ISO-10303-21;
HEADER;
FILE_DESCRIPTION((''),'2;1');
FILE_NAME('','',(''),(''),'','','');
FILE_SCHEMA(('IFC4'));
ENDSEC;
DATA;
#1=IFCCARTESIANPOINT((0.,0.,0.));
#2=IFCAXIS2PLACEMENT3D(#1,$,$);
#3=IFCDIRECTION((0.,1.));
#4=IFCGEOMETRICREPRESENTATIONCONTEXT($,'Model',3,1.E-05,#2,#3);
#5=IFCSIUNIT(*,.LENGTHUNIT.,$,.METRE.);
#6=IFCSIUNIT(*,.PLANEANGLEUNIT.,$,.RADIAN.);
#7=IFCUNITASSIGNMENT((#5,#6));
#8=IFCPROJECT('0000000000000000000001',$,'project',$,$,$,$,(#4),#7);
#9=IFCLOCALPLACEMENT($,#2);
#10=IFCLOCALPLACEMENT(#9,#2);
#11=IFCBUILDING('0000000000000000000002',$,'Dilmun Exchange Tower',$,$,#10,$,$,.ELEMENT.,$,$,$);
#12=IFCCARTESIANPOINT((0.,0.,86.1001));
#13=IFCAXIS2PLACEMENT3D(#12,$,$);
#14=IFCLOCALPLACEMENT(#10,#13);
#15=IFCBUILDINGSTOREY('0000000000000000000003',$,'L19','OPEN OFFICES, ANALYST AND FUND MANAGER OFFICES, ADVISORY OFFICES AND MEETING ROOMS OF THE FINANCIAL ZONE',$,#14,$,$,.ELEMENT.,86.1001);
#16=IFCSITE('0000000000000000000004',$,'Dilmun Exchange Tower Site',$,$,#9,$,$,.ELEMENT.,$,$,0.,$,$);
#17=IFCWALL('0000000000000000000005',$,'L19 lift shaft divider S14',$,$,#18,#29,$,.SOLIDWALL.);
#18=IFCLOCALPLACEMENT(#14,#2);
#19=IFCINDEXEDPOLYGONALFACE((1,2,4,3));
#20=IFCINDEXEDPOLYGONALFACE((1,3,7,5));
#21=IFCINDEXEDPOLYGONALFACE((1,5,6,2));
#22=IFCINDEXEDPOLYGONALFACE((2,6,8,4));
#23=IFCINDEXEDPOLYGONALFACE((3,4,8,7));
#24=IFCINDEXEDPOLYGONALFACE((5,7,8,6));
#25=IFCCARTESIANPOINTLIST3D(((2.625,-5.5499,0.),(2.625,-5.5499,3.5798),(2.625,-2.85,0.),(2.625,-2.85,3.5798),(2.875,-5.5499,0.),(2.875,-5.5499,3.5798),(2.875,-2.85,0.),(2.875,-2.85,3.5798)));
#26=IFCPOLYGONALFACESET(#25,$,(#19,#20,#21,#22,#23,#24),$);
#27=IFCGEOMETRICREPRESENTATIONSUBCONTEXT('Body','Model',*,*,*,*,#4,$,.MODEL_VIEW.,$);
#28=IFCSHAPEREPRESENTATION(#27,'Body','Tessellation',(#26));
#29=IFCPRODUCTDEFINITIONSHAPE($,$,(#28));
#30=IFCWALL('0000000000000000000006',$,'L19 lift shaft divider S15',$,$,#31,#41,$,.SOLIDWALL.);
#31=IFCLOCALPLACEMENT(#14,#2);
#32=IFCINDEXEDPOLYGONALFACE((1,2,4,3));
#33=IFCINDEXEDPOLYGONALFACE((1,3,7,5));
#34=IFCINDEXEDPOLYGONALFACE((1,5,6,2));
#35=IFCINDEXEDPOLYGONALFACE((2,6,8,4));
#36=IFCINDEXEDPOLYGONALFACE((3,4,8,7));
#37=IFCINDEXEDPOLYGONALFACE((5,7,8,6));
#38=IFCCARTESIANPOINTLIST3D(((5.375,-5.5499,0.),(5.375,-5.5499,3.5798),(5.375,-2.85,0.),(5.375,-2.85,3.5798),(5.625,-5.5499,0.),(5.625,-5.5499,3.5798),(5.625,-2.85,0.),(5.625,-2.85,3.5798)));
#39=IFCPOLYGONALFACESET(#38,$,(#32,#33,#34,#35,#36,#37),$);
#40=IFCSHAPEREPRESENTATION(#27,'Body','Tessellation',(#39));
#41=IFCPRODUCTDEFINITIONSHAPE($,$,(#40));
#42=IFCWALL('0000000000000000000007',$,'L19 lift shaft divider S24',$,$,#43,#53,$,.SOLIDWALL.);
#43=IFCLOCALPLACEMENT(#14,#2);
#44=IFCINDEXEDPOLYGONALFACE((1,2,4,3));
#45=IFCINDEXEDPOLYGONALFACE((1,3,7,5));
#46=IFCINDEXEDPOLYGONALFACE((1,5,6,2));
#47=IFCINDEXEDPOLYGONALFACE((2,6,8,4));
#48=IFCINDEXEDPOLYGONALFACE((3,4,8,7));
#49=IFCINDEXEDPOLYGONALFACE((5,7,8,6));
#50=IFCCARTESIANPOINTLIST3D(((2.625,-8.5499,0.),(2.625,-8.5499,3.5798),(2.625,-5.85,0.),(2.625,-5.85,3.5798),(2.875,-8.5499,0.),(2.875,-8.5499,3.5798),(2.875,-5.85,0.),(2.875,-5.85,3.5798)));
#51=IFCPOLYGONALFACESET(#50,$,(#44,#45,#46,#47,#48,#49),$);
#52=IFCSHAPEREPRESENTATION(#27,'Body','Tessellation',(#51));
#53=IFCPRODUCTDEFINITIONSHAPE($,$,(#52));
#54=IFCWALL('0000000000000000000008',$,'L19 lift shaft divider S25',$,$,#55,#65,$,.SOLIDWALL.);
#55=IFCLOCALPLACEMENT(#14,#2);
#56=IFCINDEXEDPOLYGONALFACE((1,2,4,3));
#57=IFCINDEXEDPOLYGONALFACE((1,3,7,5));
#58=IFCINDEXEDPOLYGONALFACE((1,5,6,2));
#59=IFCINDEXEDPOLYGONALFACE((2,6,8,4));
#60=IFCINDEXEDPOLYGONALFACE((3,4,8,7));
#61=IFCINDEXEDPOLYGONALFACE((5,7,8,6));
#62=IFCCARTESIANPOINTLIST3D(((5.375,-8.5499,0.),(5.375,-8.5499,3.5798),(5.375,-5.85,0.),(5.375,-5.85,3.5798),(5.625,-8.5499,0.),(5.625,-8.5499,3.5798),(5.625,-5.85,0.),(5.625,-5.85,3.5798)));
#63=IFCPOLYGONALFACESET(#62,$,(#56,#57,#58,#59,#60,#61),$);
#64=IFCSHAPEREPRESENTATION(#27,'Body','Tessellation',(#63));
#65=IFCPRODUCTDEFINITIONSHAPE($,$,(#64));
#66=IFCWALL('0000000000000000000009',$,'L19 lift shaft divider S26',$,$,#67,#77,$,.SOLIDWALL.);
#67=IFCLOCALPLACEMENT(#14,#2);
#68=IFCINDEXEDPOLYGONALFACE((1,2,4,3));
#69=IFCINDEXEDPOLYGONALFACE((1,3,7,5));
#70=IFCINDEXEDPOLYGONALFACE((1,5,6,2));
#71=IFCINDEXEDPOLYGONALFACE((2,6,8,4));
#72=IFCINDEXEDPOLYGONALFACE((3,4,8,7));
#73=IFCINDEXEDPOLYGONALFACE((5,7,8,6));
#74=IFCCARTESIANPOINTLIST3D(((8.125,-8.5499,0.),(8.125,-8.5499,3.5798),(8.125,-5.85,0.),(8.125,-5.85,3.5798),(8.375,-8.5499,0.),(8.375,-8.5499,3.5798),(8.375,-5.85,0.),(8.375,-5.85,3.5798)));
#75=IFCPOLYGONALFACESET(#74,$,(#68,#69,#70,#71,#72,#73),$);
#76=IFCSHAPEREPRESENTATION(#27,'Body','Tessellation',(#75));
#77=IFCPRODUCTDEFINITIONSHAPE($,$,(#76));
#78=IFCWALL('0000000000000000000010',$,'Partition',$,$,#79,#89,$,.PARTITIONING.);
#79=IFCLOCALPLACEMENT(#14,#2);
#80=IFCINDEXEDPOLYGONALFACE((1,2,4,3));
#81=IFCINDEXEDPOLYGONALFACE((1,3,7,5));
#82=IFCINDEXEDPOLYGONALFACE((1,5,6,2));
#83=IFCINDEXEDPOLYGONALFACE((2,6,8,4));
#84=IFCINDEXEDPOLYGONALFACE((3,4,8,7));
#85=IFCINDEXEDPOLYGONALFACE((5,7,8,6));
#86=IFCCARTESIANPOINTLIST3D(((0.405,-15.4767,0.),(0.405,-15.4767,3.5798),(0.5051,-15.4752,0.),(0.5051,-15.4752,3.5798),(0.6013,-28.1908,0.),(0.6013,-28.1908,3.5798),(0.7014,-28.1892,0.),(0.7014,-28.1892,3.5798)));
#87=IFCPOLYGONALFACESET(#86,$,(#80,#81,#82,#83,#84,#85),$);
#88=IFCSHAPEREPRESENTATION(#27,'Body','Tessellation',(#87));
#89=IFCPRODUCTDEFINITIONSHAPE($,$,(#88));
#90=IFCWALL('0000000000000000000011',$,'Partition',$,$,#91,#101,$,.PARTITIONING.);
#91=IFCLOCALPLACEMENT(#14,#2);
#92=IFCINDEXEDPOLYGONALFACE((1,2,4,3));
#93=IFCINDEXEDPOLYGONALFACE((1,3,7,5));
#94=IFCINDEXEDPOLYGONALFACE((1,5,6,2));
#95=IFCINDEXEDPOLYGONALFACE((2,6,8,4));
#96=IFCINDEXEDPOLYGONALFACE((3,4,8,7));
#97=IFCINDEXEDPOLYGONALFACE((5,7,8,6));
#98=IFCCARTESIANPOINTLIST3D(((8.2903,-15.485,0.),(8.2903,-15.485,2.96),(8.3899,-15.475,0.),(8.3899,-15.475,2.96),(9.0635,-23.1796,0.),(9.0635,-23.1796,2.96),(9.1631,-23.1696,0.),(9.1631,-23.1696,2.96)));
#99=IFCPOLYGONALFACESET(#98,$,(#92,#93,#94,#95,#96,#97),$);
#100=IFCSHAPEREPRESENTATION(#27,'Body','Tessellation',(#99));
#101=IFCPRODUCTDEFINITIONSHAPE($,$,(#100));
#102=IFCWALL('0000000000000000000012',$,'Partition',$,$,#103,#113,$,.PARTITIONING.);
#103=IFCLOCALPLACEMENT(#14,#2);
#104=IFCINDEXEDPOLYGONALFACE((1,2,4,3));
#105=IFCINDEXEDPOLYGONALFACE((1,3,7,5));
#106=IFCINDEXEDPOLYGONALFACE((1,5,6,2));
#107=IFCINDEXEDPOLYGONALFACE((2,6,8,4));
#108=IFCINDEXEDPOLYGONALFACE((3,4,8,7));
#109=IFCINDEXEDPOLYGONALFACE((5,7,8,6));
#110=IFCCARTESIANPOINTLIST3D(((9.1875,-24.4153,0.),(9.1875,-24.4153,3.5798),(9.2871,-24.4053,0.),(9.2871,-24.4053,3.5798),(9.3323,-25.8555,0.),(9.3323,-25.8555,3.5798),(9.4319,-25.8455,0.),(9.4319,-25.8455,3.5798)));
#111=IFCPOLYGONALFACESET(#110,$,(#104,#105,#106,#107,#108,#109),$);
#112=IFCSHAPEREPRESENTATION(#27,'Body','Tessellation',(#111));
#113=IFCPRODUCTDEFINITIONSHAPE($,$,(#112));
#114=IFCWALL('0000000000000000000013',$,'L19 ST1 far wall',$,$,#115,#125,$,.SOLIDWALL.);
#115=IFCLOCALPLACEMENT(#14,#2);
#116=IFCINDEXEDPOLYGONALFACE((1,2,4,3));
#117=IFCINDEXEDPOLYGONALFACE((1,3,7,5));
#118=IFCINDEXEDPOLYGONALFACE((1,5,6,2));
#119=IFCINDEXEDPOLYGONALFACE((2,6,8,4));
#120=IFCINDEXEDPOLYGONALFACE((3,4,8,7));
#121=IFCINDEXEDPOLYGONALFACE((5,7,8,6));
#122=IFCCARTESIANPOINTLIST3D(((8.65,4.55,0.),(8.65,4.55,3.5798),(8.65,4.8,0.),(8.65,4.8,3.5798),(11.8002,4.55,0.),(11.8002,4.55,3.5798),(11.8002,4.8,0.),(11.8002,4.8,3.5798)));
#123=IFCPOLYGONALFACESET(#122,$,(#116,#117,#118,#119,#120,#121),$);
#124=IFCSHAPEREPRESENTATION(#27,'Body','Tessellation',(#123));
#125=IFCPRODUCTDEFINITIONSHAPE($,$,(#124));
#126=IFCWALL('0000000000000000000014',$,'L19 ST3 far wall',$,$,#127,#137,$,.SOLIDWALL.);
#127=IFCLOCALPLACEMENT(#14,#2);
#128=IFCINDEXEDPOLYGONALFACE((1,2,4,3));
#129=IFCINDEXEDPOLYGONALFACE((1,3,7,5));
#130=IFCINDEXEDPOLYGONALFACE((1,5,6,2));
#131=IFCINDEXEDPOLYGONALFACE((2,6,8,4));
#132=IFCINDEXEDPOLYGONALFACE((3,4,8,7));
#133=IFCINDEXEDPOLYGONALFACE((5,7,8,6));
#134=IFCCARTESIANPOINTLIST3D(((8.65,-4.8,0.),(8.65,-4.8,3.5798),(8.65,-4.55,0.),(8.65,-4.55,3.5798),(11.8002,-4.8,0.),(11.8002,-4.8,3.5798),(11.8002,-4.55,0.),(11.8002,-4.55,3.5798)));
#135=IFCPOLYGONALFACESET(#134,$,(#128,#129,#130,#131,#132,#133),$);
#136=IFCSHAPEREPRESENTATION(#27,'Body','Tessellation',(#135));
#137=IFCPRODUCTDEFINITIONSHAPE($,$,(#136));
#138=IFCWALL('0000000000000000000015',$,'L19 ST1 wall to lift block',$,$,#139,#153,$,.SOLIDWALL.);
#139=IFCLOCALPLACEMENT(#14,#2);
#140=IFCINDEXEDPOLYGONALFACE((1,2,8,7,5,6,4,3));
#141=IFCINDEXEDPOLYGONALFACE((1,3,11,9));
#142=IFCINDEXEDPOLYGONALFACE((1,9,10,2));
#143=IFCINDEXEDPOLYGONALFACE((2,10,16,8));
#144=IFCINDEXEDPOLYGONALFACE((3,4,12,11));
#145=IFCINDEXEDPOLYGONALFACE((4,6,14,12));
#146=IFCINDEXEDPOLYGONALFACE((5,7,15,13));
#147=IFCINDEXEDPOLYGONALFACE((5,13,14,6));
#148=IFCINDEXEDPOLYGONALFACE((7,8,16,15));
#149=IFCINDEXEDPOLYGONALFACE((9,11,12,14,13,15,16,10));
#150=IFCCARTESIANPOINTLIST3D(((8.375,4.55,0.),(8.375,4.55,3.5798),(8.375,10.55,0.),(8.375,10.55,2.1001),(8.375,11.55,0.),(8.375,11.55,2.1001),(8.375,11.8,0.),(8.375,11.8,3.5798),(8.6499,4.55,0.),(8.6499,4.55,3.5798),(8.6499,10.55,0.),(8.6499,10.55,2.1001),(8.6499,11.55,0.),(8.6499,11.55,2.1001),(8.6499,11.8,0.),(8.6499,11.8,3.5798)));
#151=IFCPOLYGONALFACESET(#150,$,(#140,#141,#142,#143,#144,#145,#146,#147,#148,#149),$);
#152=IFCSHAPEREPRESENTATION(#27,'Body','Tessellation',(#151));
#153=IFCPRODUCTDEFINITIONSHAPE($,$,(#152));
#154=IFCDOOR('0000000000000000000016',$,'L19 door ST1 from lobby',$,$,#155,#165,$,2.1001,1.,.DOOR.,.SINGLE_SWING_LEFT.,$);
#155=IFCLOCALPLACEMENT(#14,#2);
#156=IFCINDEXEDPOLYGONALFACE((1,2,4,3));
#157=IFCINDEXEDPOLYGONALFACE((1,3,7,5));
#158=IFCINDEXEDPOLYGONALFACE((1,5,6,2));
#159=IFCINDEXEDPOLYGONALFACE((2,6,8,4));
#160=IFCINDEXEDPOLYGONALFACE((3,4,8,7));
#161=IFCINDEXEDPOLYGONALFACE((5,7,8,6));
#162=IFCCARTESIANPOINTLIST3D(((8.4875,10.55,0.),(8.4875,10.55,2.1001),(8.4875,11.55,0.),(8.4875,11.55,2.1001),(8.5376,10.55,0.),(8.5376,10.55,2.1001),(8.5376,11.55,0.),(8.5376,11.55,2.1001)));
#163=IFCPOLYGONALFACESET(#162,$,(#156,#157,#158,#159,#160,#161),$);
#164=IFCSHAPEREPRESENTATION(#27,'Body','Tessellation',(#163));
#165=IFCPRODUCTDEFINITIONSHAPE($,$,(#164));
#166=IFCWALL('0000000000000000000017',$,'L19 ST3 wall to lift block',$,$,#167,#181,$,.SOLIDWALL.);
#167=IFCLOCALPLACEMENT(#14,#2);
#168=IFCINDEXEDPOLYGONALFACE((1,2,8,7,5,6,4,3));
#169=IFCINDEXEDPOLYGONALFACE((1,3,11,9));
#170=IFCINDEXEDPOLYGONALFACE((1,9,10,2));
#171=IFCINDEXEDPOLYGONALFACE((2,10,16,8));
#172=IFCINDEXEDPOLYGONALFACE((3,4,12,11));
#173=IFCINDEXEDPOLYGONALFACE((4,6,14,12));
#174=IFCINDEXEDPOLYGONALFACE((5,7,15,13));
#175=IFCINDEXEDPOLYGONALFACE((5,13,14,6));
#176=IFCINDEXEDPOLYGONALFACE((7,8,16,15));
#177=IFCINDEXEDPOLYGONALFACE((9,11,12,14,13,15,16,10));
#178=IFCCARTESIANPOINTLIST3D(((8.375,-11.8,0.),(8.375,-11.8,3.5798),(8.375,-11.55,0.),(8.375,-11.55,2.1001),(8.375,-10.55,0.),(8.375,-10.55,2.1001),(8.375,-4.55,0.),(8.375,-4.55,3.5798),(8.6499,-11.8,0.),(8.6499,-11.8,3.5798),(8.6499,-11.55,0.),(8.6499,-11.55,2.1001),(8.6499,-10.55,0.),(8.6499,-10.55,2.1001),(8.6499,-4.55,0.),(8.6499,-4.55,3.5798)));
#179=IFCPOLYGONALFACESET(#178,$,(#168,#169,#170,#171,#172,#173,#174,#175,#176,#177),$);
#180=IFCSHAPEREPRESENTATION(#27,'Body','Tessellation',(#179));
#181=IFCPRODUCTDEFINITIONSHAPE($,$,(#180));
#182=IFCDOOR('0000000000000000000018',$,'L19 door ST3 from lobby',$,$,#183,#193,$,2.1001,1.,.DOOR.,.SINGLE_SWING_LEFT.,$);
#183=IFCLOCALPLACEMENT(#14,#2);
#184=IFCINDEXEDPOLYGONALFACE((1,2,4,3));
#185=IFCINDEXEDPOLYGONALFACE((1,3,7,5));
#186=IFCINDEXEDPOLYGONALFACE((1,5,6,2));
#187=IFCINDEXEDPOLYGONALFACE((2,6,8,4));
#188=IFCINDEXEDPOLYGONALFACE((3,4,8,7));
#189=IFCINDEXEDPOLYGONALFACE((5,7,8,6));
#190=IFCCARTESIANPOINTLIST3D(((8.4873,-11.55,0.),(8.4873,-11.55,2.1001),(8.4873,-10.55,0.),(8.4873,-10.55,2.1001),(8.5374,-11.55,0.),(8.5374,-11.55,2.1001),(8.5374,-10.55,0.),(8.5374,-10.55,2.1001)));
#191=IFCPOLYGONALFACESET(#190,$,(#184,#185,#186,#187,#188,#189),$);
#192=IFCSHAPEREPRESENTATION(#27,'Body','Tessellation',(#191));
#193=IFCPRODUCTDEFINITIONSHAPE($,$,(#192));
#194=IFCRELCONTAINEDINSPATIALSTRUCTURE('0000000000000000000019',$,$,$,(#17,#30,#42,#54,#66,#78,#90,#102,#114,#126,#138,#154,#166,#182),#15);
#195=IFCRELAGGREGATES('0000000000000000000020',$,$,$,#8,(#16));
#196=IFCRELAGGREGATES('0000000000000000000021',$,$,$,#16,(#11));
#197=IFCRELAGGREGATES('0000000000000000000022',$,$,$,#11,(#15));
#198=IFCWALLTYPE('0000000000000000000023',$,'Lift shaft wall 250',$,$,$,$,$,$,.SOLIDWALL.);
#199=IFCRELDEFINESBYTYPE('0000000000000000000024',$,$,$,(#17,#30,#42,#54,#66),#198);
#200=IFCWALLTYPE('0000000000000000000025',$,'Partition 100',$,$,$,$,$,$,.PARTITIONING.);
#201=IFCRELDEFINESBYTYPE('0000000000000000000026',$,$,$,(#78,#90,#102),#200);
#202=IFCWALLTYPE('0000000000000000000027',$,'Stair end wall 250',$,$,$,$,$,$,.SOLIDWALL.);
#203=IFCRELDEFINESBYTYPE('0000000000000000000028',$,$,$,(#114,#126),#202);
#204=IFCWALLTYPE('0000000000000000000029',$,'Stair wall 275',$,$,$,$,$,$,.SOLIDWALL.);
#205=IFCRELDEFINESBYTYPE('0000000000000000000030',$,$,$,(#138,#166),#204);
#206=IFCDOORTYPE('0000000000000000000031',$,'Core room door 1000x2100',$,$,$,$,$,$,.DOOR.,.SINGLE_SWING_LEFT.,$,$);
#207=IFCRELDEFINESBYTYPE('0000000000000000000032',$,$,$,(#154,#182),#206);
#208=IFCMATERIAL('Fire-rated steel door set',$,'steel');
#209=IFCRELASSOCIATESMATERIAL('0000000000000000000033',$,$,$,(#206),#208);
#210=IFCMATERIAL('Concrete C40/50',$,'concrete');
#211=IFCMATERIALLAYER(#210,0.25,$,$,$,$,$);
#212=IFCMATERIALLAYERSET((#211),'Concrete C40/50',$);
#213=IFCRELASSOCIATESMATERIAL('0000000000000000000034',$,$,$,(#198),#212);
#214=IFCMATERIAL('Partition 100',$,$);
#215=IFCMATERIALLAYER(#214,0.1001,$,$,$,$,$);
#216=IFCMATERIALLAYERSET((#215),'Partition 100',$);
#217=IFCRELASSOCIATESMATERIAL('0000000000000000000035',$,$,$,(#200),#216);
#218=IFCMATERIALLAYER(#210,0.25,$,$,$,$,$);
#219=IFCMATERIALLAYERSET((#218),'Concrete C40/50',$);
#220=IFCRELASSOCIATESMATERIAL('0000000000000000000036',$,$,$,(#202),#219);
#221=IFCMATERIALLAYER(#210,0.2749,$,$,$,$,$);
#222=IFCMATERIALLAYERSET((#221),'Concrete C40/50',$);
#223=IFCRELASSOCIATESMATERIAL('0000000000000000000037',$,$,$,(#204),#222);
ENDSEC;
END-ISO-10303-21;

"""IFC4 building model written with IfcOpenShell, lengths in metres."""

from ifc_helpers import new_model, si_unit, direction, frame, frame_2d, origin, place, context, subcontext, project, spatial, rectangle, extrude, material, layer, layer_set, type_object, element, fill, save


model = new_model("IFC4")

# Units and contexts
model_context = context("Model", 3, precision=1e-05, world=origin(), true_north=direction((0.0, 1.0)))
body_context = subcontext(model_context, "Body", "Model", "MODEL_VIEW")
ifc_project = project(units=[si_unit("LENGTHUNIT", "METRE"), si_unit("PLANEANGLEUNIT", "RADIAN")], contexts=[model_context])

# Site, building, storey
site_placement = place(None, origin())
site = spatial("IfcSite", under=ifc_project, at=site_placement, Name="Dilmun Exchange Tower Site", CompositionType="ELEMENT", RefElevation=0.0)
building_placement = place(site_placement, origin())
building = spatial("IfcBuilding", under=site, at=building_placement, Name="Dilmun Exchange Tower", CompositionType="ELEMENT")
storey_placement = place(building_placement, frame((0.0, 0.0, 86.1001)))
storey = spatial("IfcBuildingStorey", under=building, at=storey_placement, Name="L19", Description="OPEN OFFICES, ANALYST AND FUND MANAGER OFFICES, ADVISORY OFFICES AND MEETING ROOMS OF THE FINANCIAL ZONE", CompositionType="ELEMENT", Elevation=86.1001)

# Shared definitions
ifc_material_1 = material(Name="Concrete C40/50", Category="concrete")

# Shared definitions
ifc_material_2 = material(Name="Fire-rated steel door set", Category="steel")
door_type_1 = type_object("IfcDoorType", Name="Core room door 1000x2100", OperationType="SINGLE_SWING_LEFT", PredefinedType="DOOR", material=ifc_material_2)

# Walls
ifc_layer_1 = layer(ifc_material_1, 0.25)
ifc_layer_set_1 = layer_set([ifc_layer_1], Name="Concrete C40/50")
wall_type_1 = type_object("IfcWallType", Name="Lift shaft wall 250", PredefinedType="SOLIDWALL", material=ifc_layer_set_1)
for number, where, z_axis, x_axis, name in (
    (1, (2.75, -5.55, 0.0), (0.0, 0.0, 1.0), (0.0, 1.0, 0.0), "L19 lift shaft divider S14"),
    (2, (5.5, -5.55, 0.0), (0.0, 0.0, 1.0), (0.0, 1.0, 0.0), "L19 lift shaft divider S15"),
    (3, (2.75, -8.55, 0.0), (0.0, 0.0, 1.0), (0.0, 1.0, 0.0), "L19 lift shaft divider S24"),
    (4, (5.5, -8.55, 0.0), (0.0, 0.0, 1.0), (0.0, 1.0, 0.0), "L19 lift shaft divider S25"),
    (5, (8.25, -8.55, 0.0), (0.0, 0.0, 1.0), (0.0, 1.0, 0.0), "L19 lift shaft divider S26"),
):
    element("IfcWall", number, at=place(storey_placement, frame(where, z_axis=z_axis, x_axis=x_axis)), inside=storey, type_object=wall_type_1, Name=name, PredefinedType="SOLIDWALL", context=body_context, shape_type="SweptSolid", body=[
        extrude(rectangle(XDim=2.7, YDim=0.25, at=frame_2d((1.3501, 0.0))), origin(), (0.0, 0.0, 1.0), 3.5798),
    ])
ifc_material_3 = material(Name="Partition 100")
ifc_layer_2 = layer(ifc_material_3, 0.1001)
ifc_layer_set_2 = layer_set([ifc_layer_2], Name="Partition 100")
wall_type_2 = type_object("IfcWallType", Name="Partition 100", PredefinedType="PARTITIONING", material=ifc_layer_set_2)
wall_1_placement = place(storey_placement, frame((0.4551, -15.4758, 0.0), z_axis=(0.0, 0.0, 1.0), x_axis=(0.015437, -0.999881, 0.0)))
element("IfcWall", 6, at=wall_1_placement, inside=storey, type_object=wall_type_2, Name="Partition", PredefinedType="PARTITIONING", context=body_context, shape_type="SweptSolid", body=[
    extrude(rectangle(XDim=12.7156, YDim=0.1001, at=frame_2d((6.3579, 0.0))), origin(), (0.0, 0.0, 1.0), 3.5798),
])
wall_2_placement = place(storey_placement, frame((8.3401, -15.48, 0.0), z_axis=(0.0, 0.0, 1.0), x_axis=(0.099982, -0.994989, 0.0)))
element("IfcWall", 7, at=wall_2_placement, inside=storey, type_object=wall_type_2, Name="Partition", PredefinedType="PARTITIONING", context=body_context, shape_type="SweptSolid", body=[
    extrude(rectangle(XDim=7.7334, YDim=0.1001, at=frame_2d((3.8667, 0.0))), origin(), (0.0, 0.0, 1.0), 2.96),
])
wall_3_placement = place(storey_placement, frame((9.2373, -24.4104, 0.0), z_axis=(0.0, 0.0, 1.0), x_axis=(0.100021, -0.994985, 0.0)))
element("IfcWall", 8, at=wall_3_placement, inside=storey, type_object=wall_type_2, Name="Partition", PredefinedType="PARTITIONING", context=body_context, shape_type="SweptSolid", body=[
    extrude(rectangle(XDim=1.4475, YDim=0.1001, at=frame_2d((0.7236, 0.0))), origin(), (0.0, 0.0, 1.0), 3.5798),
])
ifc_layer_3 = layer(ifc_material_1, 0.25)
ifc_layer_set_3 = layer_set([ifc_layer_3], Name="Concrete C40/50")
wall_type_3 = type_object("IfcWallType", Name="Stair end wall 250", PredefinedType="SOLIDWALL", material=ifc_layer_set_3)
for number, where, z_axis, x_axis, name in (
    (9, (8.6499, 4.675, 0.0), (0.0, 0.0, 1.0), (1.0, 0.0, 0.0), "L19 ST1 far wall"),
    (10, (8.6499, -4.675, 0.0), (0.0, 0.0, 1.0), (1.0, 0.0, 0.0), "L19 ST3 far wall"),
):
    element("IfcWall", number, at=place(storey_placement, frame(where, z_axis=z_axis, x_axis=x_axis)), inside=storey, type_object=wall_type_3, Name=name, PredefinedType="SOLIDWALL", context=body_context, shape_type="SweptSolid", body=[
        extrude(rectangle(XDim=3.1501, YDim=0.25, at=frame_2d((1.5752, 0.0))), origin(), (0.0, 0.0, 1.0), 3.5798),
    ])

# Walls, openings, doors
ifc_layer_4 = layer(ifc_material_1, 0.2749)
ifc_layer_set_4 = layer_set([ifc_layer_4], Name="Concrete C40/50")
wall_type_4 = type_object("IfcWallType", Name="Stair wall 275", PredefinedType="SOLIDWALL", material=ifc_layer_set_4)
wall_4_placement = place(storey_placement, frame((8.5125, 4.55, 0.0), z_axis=(0.0, 0.0, 1.0), x_axis=(0.0, 1.0, 0.0)))
wall_4 = element("IfcWall", 11, at=wall_4_placement, inside=storey, type_object=wall_type_4, Name="L19 ST1 wall to lift block", PredefinedType="SOLIDWALL", context=body_context, shape_type="SweptSolid", body=[
    extrude(rectangle(XDim=7.25, YDim=0.2749, at=frame_2d((3.625, 0.0))), origin(), (0.0, 0.0, 1.0), 3.5798),
])
opening_1_placement = place(wall_4_placement, frame((6.0, 0.0, 0.0)))
opening_1 = element("IfcOpeningElement", 12, at=opening_1_placement, cuts=wall_4, PredefinedType="OPENING", context=body_context, shape_type="SweptSolid", body=[
    extrude(rectangle(XDim=1.0, YDim=2.1001, at=frame_2d((0.5, 1.05))), frame((0.0, 0.1475, 0.0), z_axis=(0.0, -1.0, 0.0), x_axis=(1.0, 0.0, 0.0)), (0.0, 0.0, 1.0), 0.2949),
])
door_1_placement = place(opening_1_placement, origin())
door_1 = element("IfcDoor", 13, at=door_1_placement, inside=storey, type_object=door_type_1, Name="L19 door ST1 from lobby", OperationType="SINGLE_SWING_LEFT", OverallHeight=2.1001, OverallWidth=1.0, PredefinedType="DOOR", context=body_context, shape_type="SweptSolid", body=[
    extrude(rectangle(XDim=1.0, YDim=2.1001, at=frame_2d((0.5, 1.05))), frame((0.0, 0.0249, 0.0), z_axis=(0.0, -1.0, 0.0), x_axis=(1.0, 0.0, 0.0)), (0.0, 0.0, 1.0), 0.05),
])
fill(opening_1, door_1)
wall_5_placement = place(storey_placement, frame((8.5125, -4.55, 0.0), z_axis=(0.0, 0.0, 1.0), x_axis=(0.0, -1.0, 0.0)))
wall_5 = element("IfcWall", 14, at=wall_5_placement, inside=storey, type_object=wall_type_4, Name="L19 ST3 wall to lift block", PredefinedType="SOLIDWALL", context=body_context, shape_type="SweptSolid", body=[
    extrude(rectangle(XDim=7.25, YDim=0.2749, at=frame_2d((3.625, 0.0))), origin(), (0.0, 0.0, 1.0), 3.5798),
])
opening_2_placement = place(wall_5_placement, frame((6.0, 0.0, 0.0)))
opening_2 = element("IfcOpeningElement", 15, at=opening_2_placement, cuts=wall_5, PredefinedType="OPENING", context=body_context, shape_type="SweptSolid", body=[
    extrude(rectangle(XDim=1.0, YDim=2.1001, at=frame_2d((0.5, 1.05))), frame((0.0, 0.1475, 0.0), z_axis=(0.0, -1.0, 0.0), x_axis=(1.0, 0.0, 0.0)), (0.0, 0.0, 1.0), 0.2949),
])
door_2_placement = place(opening_2_placement, origin())
door_2 = element("IfcDoor", 16, at=door_2_placement, inside=storey, type_object=door_type_1, Name="L19 door ST3 from lobby", OperationType="SINGLE_SWING_LEFT", OverallHeight=2.1001, OverallWidth=1.0, PredefinedType="DOOR", context=body_context, shape_type="SweptSolid", body=[
    extrude(rectangle(XDim=1.0, YDim=2.1001, at=frame_2d((0.5, 1.05))), frame((0.0, 0.0249, 0.0), z_axis=(0.0, -1.0, 0.0), x_axis=(1.0, 0.0, 0.0)), (0.0, 0.0, 1.0), 0.05),
])
fill(opening_2, door_2)

save(model, "model.ifc")
